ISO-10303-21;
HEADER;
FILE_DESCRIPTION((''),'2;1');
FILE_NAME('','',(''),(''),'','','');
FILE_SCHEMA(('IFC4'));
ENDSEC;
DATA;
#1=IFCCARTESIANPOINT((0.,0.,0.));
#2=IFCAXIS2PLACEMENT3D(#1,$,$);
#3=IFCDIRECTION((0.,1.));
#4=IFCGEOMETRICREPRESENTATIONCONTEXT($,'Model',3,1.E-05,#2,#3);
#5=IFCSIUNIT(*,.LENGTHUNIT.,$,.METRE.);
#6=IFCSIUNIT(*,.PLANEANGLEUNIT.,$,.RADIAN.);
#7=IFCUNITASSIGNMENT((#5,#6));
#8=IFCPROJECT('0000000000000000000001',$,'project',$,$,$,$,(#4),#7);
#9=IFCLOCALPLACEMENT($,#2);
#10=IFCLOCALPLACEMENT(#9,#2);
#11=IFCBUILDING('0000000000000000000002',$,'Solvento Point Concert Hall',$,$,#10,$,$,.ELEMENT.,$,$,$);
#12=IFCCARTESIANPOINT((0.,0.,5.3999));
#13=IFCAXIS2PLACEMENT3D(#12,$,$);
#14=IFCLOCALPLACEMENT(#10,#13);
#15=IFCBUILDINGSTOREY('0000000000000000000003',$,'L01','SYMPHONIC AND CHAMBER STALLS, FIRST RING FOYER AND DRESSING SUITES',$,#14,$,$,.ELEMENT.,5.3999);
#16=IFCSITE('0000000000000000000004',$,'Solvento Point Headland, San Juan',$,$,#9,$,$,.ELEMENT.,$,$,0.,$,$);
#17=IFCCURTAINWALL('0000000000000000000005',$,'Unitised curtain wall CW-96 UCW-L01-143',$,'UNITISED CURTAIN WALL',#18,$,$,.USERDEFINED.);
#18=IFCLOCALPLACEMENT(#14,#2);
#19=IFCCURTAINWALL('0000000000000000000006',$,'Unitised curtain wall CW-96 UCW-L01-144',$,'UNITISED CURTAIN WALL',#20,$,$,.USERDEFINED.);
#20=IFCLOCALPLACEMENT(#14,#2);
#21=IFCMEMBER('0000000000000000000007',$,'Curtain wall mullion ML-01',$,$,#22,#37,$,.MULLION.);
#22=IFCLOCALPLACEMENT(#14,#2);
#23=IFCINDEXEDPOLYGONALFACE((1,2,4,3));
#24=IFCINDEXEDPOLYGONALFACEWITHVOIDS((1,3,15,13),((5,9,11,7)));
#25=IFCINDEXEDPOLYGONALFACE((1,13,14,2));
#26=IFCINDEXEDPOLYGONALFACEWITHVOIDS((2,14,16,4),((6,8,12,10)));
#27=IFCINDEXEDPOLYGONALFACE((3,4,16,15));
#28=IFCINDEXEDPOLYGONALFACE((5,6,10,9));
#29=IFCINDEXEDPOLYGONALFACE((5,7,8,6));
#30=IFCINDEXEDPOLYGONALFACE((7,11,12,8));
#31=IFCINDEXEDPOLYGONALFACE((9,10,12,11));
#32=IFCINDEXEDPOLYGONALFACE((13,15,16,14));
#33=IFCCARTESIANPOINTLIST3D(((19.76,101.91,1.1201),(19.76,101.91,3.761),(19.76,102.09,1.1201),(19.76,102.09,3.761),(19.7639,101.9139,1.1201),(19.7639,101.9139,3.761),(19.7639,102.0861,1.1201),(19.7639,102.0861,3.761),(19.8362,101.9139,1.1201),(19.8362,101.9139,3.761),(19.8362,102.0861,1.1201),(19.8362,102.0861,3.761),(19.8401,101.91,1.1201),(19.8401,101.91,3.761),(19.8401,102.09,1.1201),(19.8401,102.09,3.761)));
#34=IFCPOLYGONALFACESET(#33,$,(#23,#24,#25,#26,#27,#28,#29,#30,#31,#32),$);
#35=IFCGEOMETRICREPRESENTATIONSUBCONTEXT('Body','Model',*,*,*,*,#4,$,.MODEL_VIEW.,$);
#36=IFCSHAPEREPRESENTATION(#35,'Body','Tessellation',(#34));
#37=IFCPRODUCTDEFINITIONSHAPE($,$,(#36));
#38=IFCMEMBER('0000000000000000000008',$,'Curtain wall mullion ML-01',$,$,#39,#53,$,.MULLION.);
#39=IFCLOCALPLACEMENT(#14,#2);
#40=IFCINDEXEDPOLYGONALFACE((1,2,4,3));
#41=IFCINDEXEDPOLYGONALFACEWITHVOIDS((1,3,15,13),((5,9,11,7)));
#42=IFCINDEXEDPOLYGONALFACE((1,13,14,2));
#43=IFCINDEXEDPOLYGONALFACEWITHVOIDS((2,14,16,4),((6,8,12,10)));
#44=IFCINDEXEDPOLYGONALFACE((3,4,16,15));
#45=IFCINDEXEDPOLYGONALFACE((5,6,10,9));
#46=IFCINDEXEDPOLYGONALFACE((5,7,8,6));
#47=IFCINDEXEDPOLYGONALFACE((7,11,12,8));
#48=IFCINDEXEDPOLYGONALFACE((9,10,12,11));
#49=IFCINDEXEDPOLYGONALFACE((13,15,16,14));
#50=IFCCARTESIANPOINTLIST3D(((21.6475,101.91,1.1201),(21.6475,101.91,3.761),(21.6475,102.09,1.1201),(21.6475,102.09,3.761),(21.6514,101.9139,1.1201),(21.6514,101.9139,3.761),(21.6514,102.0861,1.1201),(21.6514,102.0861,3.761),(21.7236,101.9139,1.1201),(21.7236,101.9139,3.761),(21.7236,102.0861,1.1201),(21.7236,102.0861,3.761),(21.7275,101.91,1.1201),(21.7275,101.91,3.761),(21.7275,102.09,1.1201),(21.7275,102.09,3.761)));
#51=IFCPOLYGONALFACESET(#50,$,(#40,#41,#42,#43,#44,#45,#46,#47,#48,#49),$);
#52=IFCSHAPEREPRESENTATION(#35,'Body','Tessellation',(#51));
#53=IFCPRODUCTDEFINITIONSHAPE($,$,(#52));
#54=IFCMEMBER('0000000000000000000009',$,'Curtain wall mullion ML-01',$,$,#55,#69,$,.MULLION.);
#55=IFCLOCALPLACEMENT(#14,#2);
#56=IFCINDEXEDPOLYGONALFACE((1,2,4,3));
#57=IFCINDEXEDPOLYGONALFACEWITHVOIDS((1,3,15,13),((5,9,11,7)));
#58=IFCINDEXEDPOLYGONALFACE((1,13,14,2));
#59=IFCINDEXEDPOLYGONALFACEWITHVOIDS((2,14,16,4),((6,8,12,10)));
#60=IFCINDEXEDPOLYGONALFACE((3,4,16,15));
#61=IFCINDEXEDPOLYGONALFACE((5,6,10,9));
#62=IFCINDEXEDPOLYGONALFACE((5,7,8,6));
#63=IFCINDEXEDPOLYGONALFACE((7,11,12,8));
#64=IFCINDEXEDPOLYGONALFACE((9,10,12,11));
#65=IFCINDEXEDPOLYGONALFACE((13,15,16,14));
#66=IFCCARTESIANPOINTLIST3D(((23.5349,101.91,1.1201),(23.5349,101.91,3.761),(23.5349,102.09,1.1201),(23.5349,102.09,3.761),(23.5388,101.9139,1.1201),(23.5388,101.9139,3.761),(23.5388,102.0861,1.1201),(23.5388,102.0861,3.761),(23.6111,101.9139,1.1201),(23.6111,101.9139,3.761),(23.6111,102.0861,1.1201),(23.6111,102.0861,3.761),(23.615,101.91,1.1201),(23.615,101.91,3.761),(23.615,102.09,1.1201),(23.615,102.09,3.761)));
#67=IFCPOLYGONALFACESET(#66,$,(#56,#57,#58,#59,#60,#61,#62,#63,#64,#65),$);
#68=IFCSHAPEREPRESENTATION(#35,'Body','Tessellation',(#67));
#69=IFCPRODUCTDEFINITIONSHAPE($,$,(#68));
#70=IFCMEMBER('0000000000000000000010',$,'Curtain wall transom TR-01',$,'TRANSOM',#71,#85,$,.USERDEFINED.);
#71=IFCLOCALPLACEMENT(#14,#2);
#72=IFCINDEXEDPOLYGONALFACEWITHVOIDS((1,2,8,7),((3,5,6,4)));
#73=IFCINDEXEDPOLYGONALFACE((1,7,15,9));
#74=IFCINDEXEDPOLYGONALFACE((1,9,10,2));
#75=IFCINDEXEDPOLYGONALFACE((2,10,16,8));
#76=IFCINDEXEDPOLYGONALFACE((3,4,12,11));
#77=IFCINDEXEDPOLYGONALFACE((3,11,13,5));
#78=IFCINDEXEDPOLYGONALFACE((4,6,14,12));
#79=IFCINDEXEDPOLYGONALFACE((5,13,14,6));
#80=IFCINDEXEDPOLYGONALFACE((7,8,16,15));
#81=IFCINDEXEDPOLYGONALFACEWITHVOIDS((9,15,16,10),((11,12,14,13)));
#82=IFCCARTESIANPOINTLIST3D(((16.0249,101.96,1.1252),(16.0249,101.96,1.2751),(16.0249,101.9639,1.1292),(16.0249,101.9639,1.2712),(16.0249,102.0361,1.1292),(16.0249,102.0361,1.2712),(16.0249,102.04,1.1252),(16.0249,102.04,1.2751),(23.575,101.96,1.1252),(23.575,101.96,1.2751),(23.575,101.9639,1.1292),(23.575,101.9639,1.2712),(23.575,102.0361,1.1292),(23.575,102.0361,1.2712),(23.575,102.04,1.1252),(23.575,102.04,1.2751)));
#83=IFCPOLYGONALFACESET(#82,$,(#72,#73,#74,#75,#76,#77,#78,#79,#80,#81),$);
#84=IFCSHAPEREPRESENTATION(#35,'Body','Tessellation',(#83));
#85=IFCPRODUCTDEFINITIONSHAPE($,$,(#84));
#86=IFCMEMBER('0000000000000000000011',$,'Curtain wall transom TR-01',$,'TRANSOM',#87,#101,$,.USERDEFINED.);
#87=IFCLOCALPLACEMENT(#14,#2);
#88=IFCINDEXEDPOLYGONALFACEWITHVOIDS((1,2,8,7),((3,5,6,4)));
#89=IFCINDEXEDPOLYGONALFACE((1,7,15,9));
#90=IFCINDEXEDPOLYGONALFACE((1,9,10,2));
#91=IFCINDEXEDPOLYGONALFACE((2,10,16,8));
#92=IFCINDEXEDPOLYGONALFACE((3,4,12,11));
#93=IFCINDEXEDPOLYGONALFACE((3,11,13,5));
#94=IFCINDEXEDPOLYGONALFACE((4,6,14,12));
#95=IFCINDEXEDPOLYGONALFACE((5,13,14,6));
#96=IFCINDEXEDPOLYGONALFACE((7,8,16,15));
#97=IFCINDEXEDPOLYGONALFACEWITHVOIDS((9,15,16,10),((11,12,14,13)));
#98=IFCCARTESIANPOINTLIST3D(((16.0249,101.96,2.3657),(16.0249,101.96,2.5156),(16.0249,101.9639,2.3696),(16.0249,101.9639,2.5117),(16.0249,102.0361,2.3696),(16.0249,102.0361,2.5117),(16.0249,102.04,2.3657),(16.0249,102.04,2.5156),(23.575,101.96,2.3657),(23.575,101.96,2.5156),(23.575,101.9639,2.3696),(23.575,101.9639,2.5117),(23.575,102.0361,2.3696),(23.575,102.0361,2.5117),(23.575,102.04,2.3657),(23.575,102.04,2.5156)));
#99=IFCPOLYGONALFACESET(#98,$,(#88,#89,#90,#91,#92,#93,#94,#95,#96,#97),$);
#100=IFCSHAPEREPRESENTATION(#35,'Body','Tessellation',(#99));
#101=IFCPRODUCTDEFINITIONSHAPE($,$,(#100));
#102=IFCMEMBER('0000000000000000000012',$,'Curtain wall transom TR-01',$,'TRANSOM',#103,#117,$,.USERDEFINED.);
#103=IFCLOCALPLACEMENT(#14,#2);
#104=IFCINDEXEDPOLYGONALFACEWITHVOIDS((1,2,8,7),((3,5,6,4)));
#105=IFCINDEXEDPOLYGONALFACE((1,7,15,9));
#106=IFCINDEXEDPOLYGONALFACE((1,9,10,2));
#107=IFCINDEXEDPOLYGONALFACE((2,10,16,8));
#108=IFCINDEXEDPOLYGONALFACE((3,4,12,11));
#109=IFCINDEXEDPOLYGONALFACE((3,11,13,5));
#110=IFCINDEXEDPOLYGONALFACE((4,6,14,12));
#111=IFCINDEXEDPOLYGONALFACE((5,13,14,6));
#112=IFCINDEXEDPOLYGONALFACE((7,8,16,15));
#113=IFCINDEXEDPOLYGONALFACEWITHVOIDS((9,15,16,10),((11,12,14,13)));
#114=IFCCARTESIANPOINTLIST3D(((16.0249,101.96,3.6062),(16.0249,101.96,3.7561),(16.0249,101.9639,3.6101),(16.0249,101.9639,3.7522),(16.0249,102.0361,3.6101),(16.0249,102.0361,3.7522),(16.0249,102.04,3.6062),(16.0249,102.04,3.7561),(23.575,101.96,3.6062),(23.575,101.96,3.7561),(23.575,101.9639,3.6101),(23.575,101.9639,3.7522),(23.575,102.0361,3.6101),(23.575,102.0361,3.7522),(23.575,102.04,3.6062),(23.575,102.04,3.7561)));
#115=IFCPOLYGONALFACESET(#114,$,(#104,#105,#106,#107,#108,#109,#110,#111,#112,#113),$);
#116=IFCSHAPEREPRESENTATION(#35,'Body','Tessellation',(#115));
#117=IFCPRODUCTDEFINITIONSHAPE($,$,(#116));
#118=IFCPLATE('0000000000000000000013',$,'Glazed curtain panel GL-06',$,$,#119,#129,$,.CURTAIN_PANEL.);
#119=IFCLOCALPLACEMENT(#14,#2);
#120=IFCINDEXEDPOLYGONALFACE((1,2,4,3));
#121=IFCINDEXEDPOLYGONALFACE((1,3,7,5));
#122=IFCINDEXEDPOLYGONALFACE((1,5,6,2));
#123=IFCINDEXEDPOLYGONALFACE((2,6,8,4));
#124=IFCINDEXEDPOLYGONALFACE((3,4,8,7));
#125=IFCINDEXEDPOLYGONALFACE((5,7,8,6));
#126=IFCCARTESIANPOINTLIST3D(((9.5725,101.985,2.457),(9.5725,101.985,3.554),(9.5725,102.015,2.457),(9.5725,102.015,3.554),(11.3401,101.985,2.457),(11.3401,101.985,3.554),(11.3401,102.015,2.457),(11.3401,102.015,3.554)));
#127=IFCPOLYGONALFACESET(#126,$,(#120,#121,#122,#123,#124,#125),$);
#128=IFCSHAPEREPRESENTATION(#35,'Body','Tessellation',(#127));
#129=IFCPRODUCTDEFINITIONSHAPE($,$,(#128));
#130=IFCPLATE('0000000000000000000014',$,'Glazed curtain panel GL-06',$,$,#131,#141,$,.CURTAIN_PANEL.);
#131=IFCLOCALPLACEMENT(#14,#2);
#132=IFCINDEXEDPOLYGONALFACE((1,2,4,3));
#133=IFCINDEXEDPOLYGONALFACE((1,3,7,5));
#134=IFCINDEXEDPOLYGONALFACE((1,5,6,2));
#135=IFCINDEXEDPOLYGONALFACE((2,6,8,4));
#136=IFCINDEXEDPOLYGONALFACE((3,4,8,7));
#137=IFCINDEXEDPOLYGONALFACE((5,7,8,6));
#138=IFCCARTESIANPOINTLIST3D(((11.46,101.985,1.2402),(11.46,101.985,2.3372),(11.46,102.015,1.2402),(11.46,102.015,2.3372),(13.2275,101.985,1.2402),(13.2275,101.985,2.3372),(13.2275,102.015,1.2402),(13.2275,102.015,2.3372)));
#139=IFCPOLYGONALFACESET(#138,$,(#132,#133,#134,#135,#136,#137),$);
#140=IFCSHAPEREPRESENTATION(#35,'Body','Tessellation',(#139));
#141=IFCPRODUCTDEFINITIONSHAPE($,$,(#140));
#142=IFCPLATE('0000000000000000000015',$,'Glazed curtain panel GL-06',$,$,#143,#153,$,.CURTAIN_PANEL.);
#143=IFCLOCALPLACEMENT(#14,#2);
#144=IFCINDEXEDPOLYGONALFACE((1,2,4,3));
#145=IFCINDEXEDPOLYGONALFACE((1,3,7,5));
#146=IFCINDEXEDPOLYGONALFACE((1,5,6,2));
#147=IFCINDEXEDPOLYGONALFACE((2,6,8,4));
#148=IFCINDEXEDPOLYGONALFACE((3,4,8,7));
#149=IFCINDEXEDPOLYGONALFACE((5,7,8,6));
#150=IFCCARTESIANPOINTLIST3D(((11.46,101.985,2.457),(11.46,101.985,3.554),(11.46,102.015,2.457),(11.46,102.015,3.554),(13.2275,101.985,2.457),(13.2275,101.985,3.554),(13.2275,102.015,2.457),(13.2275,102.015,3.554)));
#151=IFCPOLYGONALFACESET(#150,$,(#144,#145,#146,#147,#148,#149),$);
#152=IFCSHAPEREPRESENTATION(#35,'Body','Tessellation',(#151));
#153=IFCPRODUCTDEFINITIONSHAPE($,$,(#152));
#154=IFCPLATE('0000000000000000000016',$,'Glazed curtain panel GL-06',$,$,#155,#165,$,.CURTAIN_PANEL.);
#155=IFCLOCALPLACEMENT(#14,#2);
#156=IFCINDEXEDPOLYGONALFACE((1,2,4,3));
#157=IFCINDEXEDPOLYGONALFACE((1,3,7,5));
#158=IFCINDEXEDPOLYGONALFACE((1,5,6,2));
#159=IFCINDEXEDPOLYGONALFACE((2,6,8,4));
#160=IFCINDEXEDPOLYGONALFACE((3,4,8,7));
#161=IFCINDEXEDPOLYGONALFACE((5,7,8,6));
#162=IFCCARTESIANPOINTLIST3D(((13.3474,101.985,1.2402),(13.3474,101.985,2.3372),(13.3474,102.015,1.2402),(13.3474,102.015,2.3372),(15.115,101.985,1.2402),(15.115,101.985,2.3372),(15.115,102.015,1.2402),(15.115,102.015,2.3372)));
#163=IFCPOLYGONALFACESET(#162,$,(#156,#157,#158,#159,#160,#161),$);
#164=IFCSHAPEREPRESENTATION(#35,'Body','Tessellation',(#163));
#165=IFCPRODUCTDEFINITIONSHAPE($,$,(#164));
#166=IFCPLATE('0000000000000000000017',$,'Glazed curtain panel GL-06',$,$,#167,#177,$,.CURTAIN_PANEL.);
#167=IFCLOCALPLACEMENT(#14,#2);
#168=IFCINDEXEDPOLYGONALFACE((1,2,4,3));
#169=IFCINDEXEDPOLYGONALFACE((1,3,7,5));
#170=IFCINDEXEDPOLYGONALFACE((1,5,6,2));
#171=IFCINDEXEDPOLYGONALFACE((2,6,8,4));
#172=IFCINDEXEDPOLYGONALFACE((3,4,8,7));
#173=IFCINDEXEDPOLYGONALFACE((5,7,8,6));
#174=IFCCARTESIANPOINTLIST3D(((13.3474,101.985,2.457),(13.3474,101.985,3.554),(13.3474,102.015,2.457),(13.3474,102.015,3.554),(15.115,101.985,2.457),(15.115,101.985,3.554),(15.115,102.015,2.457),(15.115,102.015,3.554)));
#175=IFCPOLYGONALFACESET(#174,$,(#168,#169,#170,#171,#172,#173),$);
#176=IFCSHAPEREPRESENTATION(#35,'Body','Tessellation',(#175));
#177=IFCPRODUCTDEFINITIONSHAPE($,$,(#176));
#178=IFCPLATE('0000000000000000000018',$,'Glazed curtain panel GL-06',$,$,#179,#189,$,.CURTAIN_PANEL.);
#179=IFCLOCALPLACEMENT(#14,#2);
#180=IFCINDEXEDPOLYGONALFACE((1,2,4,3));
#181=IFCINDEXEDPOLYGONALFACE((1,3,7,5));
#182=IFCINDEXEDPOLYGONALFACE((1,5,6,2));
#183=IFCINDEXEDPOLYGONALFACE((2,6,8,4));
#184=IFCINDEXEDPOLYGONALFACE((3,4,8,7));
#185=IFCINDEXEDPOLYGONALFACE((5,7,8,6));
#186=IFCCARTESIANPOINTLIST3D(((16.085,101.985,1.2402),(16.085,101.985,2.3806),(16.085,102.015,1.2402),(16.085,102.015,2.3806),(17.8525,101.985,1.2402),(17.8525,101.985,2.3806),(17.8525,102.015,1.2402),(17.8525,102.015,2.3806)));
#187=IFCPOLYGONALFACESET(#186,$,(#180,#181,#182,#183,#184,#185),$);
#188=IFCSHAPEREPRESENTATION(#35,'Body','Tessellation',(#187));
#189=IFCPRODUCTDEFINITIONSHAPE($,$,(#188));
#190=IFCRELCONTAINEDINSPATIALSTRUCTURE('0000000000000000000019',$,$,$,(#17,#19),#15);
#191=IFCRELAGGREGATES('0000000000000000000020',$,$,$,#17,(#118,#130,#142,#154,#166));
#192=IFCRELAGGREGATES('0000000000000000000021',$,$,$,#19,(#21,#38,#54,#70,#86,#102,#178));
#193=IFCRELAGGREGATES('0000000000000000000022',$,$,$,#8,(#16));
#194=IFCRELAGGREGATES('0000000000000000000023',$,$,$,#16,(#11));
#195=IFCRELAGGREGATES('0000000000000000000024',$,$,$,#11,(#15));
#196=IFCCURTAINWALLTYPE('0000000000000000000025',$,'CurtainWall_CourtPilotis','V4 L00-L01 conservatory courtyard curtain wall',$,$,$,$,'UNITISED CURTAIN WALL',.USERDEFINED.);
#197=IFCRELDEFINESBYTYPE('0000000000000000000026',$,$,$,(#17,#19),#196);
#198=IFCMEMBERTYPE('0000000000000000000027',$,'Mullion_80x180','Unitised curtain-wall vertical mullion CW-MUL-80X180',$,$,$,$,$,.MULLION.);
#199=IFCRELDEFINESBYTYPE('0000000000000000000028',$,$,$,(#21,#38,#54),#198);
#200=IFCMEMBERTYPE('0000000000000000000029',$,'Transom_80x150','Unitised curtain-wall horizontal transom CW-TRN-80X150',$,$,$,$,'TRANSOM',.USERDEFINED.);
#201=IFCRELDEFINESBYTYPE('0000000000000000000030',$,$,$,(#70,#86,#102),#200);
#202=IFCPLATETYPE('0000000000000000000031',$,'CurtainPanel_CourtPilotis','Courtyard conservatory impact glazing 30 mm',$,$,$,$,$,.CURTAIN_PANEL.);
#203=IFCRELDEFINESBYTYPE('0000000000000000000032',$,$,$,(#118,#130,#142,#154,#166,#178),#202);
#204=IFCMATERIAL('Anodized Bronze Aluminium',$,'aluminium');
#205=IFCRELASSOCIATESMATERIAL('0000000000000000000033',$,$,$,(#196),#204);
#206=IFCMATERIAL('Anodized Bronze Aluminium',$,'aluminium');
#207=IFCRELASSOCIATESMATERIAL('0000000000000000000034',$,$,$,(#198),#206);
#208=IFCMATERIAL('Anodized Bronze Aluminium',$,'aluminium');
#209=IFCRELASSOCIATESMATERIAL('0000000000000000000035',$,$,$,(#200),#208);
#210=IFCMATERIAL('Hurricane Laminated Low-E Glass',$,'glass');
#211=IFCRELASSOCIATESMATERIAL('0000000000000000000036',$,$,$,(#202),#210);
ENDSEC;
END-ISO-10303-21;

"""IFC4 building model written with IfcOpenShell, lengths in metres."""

from ifc_helpers import new_model, si_unit, direction, frame, origin, origin_2d, place, context, subcontext, project, spatial, rectangle, hollow_rectangle, extrude, material, material_profile, profile_set, type_object, element, aggregate, save


model = new_model("IFC4")

# Units and contexts
model_context = context("Model", 3, precision=1e-05, world=origin(), true_north=direction((0.0, 1.0)))
body_context = subcontext(model_context, "Body", "Model", "MODEL_VIEW")
ifc_project = project(units=[si_unit("LENGTHUNIT", "METRE"), si_unit("PLANEANGLEUNIT", "RADIAN")], contexts=[model_context])

# Site, building, storey
site_placement = place(None, origin())
site = spatial("IfcSite", under=ifc_project, at=site_placement, Name="Solvento Point Headland, San Juan", CompositionType="ELEMENT", RefElevation=0.0)
building_placement = place(site_placement, origin())
building = spatial("IfcBuilding", under=site, at=building_placement, Name="Solvento Point Concert Hall", CompositionType="ELEMENT")
storey_placement = place(building_placement, frame((0.0, 0.0, 5.3999)))
storey = spatial("IfcBuildingStorey", under=building, at=storey_placement, Name="L01", Description="SYMPHONIC AND CHAMBER STALLS, FIRST RING FOYER AND DRESSING SUITES", CompositionType="ELEMENT", Elevation=5.3999)

# Curtain walls, members
ifc_material_1 = material(Name="Anodized Bronze Aluminium", Category="aluminium")
curtain_wall_type_1 = type_object("IfcCurtainWallType", Name="CurtainWall_CourtPilotis", Description="V4 L00-L01 conservatory courtyard curtain wall", ElementType="UNITISED CURTAIN WALL", PredefinedType="USERDEFINED", material=ifc_material_1)
curtain_wall_1_placement = place(storey_placement, origin())
curtain_wall_1 = element("IfcCurtainWall", 1, at=curtain_wall_1_placement, inside=storey, type_object=curtain_wall_type_1, Name="Unitised curtain wall CW-96 UCW-L01-143", ObjectType="UNITISED CURTAIN WALL", PredefinedType="USERDEFINED")
ifc_material_2 = material(Name="Anodized Bronze Aluminium", Category="aluminium")
ifc_material_profile_1 = material_profile(ifc_material_2, hollow_rectangle(XDim=0.0801, YDim=0.1799, WallThickness=0.0039, at=origin_2d()), Name="CW-MUL-80X180")
ifc_profile_set_1 = profile_set([ifc_material_profile_1], Name="Anodized Bronze Aluminium")
member_type_1 = type_object("IfcMemberType", Name="Mullion_80x180", Description="Unitised curtain-wall vertical mullion CW-MUL-80X180", PredefinedType="MULLION", material=ifc_profile_set_1)
curtain_wall_2_placement = place(storey_placement, origin())
curtain_wall_2 = element("IfcCurtainWall", 2, at=curtain_wall_2_placement, inside=storey, type_object=curtain_wall_type_1, Name="Unitised curtain wall CW-96 UCW-L01-144", ObjectType="UNITISED CURTAIN WALL", PredefinedType="USERDEFINED")
member_1_placement = place(storey_placement, frame((19.8, 102.0, 1.1201), z_axis=(0.0, 0.0, 1.0), x_axis=(1.0, 0.0, 0.0)))
member_1 = element("IfcMember", 3, at=member_1_placement, type_object=member_type_1, Name="Curtain wall mullion ML-01", PredefinedType="MULLION", context=body_context, shape_type="SweptSolid", body=[
    extrude(hollow_rectangle(XDim=0.0801, YDim=0.1799, WallThickness=0.0039, at=origin_2d()), origin(), (0.0, 0.0, 1.0), 2.6409),
])
member_2_placement = place(storey_placement, frame((21.6875, 102.0, 1.1201), z_axis=(0.0, 0.0, 1.0), x_axis=(1.0, 0.0, 0.0)))
member_2 = element("IfcMember", 4, at=member_2_placement, type_object=member_type_1, Name="Curtain wall mullion ML-01", PredefinedType="MULLION", context=body_context, shape_type="SweptSolid", body=[
    extrude(hollow_rectangle(XDim=0.0801, YDim=0.1799, WallThickness=0.0039, at=origin_2d()), origin(), (0.0, 0.0, 1.0), 2.6409),
])
member_3_placement = place(storey_placement, frame((23.575, 102.0, 1.1201), z_axis=(0.0, 0.0, 1.0), x_axis=(1.0, 0.0, 0.0)))
member_3 = element("IfcMember", 5, at=member_3_placement, type_object=member_type_1, Name="Curtain wall mullion ML-01", PredefinedType="MULLION", context=body_context, shape_type="SweptSolid", body=[
    extrude(hollow_rectangle(XDim=0.0801, YDim=0.1799, WallThickness=0.0039, at=origin_2d()), origin(), (0.0, 0.0, 1.0), 2.6409),
])
ifc_material_3 = material(Name="Anodized Bronze Aluminium", Category="aluminium")
ifc_material_profile_2 = material_profile(ifc_material_3, hollow_rectangle(XDim=0.0801, YDim=0.1499, WallThickness=0.0039, at=origin_2d()), Name="CW-TRN-80X150")
ifc_profile_set_2 = profile_set([ifc_material_profile_2], Name="Anodized Bronze Aluminium")
member_type_2 = type_object("IfcMemberType", Name="Transom_80x150", Description="Unitised curtain-wall horizontal transom CW-TRN-80X150", ElementType="TRANSOM", PredefinedType="USERDEFINED", material=ifc_profile_set_2)
member_4_placement = place(storey_placement, frame((16.0249, 102.0, 1.2002), z_axis=(1.0, 0.0, 0.0), x_axis=(0.0, 1.0, 0.0)))
member_4 = element("IfcMember", 6, at=member_4_placement, type_object=member_type_2, Name="Curtain wall transom TR-01", ObjectType="TRANSOM", PredefinedType="USERDEFINED", context=body_context, shape_type="SweptSolid", body=[
    extrude(hollow_rectangle(XDim=0.0801, YDim=0.1499, WallThickness=0.0039, at=origin_2d()), origin(), (0.0, 0.0, 1.0), 7.55),
])
member_5_placement = place(storey_placement, frame((16.0249, 102.0, 2.4407), z_axis=(1.0, 0.0, 0.0), x_axis=(0.0, 1.0, 0.0)))
member_5 = element("IfcMember", 7, at=member_5_placement, type_object=member_type_2, Name="Curtain wall transom TR-01", ObjectType="TRANSOM", PredefinedType="USERDEFINED", context=body_context, shape_type="SweptSolid", body=[
    extrude(hollow_rectangle(XDim=0.0801, YDim=0.1499, WallThickness=0.0039, at=origin_2d()), origin(), (0.0, 0.0, 1.0), 7.55),
])
member_6_placement = place(storey_placement, frame((16.0249, 102.0, 3.6812), z_axis=(1.0, 0.0, 0.0), x_axis=(0.0, 1.0, 0.0)))
member_6 = element("IfcMember", 8, at=member_6_placement, type_object=member_type_2, Name="Curtain wall transom TR-01", ObjectType="TRANSOM", PredefinedType="USERDEFINED", context=body_context, shape_type="SweptSolid", body=[
    extrude(hollow_rectangle(XDim=0.0801, YDim=0.1499, WallThickness=0.0039, at=origin_2d()), origin(), (0.0, 0.0, 1.0), 7.55),
])

# Plates
ifc_material_4 = material(Name="Hurricane Laminated Low-E Glass", Category="glass")
plate_type_1 = type_object("IfcPlateType", Name="CurtainPanel_CourtPilotis", Description="Courtyard conservatory impact glazing 30 mm", PredefinedType="CURTAIN_PANEL", material=ifc_material_4)
plate_1_placement = place(storey_placement, frame((10.4563, 102.0, 2.457), z_axis=(0.0, 0.0, 1.0), x_axis=(1.0, 0.0, 0.0)))
plate_1 = element("IfcPlate", 9, at=plate_1_placement, type_object=plate_type_1, Name="Glazed curtain panel GL-06", PredefinedType="CURTAIN_PANEL", context=body_context, shape_type="SweptSolid", body=[
    extrude(rectangle(XDim=1.7676, YDim=0.03, at=origin_2d()), origin(), (0.0, 0.0, 1.0), 1.0969),
])
plate_2_placement = place(storey_placement, frame((12.3438, 102.0, 1.2402), z_axis=(0.0, 0.0, 1.0), x_axis=(1.0, 0.0, 0.0)))
plate_2 = element("IfcPlate", 10, at=plate_2_placement, type_object=plate_type_1, Name="Glazed curtain panel GL-06", PredefinedType="CURTAIN_PANEL", context=body_context, shape_type="SweptSolid", body=[
    extrude(rectangle(XDim=1.7676, YDim=0.03, at=origin_2d()), origin(), (0.0, 0.0, 1.0), 1.0969),
])
plate_3_placement = place(storey_placement, frame((12.3438, 102.0, 2.457), z_axis=(0.0, 0.0, 1.0), x_axis=(1.0, 0.0, 0.0)))
plate_3 = element("IfcPlate", 11, at=plate_3_placement, type_object=plate_type_1, Name="Glazed curtain panel GL-06", PredefinedType="CURTAIN_PANEL", context=body_context, shape_type="SweptSolid", body=[
    extrude(rectangle(XDim=1.7676, YDim=0.03, at=origin_2d()), origin(), (0.0, 0.0, 1.0), 1.0969),
])
plate_4_placement = place(storey_placement, frame((14.2312, 102.0, 1.2402), z_axis=(0.0, 0.0, 1.0), x_axis=(1.0, 0.0, 0.0)))
plate_4 = element("IfcPlate", 12, at=plate_4_placement, type_object=plate_type_1, Name="Glazed curtain panel GL-06", PredefinedType="CURTAIN_PANEL", context=body_context, shape_type="SweptSolid", body=[
    extrude(rectangle(XDim=1.7676, YDim=0.03, at=origin_2d()), origin(), (0.0, 0.0, 1.0), 1.0969),
])
plate_5_placement = place(storey_placement, frame((14.2312, 102.0, 2.457), z_axis=(0.0, 0.0, 1.0), x_axis=(1.0, 0.0, 0.0)))
plate_5 = element("IfcPlate", 13, at=plate_5_placement, type_object=plate_type_1, Name="Glazed curtain panel GL-06", PredefinedType="CURTAIN_PANEL", context=body_context, shape_type="SweptSolid", body=[
    extrude(rectangle(XDim=1.7676, YDim=0.03, at=origin_2d()), origin(), (0.0, 0.0, 1.0), 1.0969),
])
aggregate(curtain_wall_1, [plate_1, plate_2, plate_3, plate_4, plate_5])
plate_6_placement = place(storey_placement, frame((16.9688, 102.0, 1.2402), z_axis=(0.0, 0.0, 1.0), x_axis=(1.0, 0.0, 0.0)))
plate_6 = element("IfcPlate", 14, at=plate_6_placement, type_object=plate_type_1, Name="Glazed curtain panel GL-06", PredefinedType="CURTAIN_PANEL", context=body_context, shape_type="SweptSolid", body=[
    extrude(rectangle(XDim=1.7676, YDim=0.03, at=origin_2d()), origin(), (0.0, 0.0, 1.0), 1.1404),
])
aggregate(curtain_wall_2, [member_1, member_2, member_3, member_4, member_5, member_6, plate_6])

save(model, "model.ifc")
